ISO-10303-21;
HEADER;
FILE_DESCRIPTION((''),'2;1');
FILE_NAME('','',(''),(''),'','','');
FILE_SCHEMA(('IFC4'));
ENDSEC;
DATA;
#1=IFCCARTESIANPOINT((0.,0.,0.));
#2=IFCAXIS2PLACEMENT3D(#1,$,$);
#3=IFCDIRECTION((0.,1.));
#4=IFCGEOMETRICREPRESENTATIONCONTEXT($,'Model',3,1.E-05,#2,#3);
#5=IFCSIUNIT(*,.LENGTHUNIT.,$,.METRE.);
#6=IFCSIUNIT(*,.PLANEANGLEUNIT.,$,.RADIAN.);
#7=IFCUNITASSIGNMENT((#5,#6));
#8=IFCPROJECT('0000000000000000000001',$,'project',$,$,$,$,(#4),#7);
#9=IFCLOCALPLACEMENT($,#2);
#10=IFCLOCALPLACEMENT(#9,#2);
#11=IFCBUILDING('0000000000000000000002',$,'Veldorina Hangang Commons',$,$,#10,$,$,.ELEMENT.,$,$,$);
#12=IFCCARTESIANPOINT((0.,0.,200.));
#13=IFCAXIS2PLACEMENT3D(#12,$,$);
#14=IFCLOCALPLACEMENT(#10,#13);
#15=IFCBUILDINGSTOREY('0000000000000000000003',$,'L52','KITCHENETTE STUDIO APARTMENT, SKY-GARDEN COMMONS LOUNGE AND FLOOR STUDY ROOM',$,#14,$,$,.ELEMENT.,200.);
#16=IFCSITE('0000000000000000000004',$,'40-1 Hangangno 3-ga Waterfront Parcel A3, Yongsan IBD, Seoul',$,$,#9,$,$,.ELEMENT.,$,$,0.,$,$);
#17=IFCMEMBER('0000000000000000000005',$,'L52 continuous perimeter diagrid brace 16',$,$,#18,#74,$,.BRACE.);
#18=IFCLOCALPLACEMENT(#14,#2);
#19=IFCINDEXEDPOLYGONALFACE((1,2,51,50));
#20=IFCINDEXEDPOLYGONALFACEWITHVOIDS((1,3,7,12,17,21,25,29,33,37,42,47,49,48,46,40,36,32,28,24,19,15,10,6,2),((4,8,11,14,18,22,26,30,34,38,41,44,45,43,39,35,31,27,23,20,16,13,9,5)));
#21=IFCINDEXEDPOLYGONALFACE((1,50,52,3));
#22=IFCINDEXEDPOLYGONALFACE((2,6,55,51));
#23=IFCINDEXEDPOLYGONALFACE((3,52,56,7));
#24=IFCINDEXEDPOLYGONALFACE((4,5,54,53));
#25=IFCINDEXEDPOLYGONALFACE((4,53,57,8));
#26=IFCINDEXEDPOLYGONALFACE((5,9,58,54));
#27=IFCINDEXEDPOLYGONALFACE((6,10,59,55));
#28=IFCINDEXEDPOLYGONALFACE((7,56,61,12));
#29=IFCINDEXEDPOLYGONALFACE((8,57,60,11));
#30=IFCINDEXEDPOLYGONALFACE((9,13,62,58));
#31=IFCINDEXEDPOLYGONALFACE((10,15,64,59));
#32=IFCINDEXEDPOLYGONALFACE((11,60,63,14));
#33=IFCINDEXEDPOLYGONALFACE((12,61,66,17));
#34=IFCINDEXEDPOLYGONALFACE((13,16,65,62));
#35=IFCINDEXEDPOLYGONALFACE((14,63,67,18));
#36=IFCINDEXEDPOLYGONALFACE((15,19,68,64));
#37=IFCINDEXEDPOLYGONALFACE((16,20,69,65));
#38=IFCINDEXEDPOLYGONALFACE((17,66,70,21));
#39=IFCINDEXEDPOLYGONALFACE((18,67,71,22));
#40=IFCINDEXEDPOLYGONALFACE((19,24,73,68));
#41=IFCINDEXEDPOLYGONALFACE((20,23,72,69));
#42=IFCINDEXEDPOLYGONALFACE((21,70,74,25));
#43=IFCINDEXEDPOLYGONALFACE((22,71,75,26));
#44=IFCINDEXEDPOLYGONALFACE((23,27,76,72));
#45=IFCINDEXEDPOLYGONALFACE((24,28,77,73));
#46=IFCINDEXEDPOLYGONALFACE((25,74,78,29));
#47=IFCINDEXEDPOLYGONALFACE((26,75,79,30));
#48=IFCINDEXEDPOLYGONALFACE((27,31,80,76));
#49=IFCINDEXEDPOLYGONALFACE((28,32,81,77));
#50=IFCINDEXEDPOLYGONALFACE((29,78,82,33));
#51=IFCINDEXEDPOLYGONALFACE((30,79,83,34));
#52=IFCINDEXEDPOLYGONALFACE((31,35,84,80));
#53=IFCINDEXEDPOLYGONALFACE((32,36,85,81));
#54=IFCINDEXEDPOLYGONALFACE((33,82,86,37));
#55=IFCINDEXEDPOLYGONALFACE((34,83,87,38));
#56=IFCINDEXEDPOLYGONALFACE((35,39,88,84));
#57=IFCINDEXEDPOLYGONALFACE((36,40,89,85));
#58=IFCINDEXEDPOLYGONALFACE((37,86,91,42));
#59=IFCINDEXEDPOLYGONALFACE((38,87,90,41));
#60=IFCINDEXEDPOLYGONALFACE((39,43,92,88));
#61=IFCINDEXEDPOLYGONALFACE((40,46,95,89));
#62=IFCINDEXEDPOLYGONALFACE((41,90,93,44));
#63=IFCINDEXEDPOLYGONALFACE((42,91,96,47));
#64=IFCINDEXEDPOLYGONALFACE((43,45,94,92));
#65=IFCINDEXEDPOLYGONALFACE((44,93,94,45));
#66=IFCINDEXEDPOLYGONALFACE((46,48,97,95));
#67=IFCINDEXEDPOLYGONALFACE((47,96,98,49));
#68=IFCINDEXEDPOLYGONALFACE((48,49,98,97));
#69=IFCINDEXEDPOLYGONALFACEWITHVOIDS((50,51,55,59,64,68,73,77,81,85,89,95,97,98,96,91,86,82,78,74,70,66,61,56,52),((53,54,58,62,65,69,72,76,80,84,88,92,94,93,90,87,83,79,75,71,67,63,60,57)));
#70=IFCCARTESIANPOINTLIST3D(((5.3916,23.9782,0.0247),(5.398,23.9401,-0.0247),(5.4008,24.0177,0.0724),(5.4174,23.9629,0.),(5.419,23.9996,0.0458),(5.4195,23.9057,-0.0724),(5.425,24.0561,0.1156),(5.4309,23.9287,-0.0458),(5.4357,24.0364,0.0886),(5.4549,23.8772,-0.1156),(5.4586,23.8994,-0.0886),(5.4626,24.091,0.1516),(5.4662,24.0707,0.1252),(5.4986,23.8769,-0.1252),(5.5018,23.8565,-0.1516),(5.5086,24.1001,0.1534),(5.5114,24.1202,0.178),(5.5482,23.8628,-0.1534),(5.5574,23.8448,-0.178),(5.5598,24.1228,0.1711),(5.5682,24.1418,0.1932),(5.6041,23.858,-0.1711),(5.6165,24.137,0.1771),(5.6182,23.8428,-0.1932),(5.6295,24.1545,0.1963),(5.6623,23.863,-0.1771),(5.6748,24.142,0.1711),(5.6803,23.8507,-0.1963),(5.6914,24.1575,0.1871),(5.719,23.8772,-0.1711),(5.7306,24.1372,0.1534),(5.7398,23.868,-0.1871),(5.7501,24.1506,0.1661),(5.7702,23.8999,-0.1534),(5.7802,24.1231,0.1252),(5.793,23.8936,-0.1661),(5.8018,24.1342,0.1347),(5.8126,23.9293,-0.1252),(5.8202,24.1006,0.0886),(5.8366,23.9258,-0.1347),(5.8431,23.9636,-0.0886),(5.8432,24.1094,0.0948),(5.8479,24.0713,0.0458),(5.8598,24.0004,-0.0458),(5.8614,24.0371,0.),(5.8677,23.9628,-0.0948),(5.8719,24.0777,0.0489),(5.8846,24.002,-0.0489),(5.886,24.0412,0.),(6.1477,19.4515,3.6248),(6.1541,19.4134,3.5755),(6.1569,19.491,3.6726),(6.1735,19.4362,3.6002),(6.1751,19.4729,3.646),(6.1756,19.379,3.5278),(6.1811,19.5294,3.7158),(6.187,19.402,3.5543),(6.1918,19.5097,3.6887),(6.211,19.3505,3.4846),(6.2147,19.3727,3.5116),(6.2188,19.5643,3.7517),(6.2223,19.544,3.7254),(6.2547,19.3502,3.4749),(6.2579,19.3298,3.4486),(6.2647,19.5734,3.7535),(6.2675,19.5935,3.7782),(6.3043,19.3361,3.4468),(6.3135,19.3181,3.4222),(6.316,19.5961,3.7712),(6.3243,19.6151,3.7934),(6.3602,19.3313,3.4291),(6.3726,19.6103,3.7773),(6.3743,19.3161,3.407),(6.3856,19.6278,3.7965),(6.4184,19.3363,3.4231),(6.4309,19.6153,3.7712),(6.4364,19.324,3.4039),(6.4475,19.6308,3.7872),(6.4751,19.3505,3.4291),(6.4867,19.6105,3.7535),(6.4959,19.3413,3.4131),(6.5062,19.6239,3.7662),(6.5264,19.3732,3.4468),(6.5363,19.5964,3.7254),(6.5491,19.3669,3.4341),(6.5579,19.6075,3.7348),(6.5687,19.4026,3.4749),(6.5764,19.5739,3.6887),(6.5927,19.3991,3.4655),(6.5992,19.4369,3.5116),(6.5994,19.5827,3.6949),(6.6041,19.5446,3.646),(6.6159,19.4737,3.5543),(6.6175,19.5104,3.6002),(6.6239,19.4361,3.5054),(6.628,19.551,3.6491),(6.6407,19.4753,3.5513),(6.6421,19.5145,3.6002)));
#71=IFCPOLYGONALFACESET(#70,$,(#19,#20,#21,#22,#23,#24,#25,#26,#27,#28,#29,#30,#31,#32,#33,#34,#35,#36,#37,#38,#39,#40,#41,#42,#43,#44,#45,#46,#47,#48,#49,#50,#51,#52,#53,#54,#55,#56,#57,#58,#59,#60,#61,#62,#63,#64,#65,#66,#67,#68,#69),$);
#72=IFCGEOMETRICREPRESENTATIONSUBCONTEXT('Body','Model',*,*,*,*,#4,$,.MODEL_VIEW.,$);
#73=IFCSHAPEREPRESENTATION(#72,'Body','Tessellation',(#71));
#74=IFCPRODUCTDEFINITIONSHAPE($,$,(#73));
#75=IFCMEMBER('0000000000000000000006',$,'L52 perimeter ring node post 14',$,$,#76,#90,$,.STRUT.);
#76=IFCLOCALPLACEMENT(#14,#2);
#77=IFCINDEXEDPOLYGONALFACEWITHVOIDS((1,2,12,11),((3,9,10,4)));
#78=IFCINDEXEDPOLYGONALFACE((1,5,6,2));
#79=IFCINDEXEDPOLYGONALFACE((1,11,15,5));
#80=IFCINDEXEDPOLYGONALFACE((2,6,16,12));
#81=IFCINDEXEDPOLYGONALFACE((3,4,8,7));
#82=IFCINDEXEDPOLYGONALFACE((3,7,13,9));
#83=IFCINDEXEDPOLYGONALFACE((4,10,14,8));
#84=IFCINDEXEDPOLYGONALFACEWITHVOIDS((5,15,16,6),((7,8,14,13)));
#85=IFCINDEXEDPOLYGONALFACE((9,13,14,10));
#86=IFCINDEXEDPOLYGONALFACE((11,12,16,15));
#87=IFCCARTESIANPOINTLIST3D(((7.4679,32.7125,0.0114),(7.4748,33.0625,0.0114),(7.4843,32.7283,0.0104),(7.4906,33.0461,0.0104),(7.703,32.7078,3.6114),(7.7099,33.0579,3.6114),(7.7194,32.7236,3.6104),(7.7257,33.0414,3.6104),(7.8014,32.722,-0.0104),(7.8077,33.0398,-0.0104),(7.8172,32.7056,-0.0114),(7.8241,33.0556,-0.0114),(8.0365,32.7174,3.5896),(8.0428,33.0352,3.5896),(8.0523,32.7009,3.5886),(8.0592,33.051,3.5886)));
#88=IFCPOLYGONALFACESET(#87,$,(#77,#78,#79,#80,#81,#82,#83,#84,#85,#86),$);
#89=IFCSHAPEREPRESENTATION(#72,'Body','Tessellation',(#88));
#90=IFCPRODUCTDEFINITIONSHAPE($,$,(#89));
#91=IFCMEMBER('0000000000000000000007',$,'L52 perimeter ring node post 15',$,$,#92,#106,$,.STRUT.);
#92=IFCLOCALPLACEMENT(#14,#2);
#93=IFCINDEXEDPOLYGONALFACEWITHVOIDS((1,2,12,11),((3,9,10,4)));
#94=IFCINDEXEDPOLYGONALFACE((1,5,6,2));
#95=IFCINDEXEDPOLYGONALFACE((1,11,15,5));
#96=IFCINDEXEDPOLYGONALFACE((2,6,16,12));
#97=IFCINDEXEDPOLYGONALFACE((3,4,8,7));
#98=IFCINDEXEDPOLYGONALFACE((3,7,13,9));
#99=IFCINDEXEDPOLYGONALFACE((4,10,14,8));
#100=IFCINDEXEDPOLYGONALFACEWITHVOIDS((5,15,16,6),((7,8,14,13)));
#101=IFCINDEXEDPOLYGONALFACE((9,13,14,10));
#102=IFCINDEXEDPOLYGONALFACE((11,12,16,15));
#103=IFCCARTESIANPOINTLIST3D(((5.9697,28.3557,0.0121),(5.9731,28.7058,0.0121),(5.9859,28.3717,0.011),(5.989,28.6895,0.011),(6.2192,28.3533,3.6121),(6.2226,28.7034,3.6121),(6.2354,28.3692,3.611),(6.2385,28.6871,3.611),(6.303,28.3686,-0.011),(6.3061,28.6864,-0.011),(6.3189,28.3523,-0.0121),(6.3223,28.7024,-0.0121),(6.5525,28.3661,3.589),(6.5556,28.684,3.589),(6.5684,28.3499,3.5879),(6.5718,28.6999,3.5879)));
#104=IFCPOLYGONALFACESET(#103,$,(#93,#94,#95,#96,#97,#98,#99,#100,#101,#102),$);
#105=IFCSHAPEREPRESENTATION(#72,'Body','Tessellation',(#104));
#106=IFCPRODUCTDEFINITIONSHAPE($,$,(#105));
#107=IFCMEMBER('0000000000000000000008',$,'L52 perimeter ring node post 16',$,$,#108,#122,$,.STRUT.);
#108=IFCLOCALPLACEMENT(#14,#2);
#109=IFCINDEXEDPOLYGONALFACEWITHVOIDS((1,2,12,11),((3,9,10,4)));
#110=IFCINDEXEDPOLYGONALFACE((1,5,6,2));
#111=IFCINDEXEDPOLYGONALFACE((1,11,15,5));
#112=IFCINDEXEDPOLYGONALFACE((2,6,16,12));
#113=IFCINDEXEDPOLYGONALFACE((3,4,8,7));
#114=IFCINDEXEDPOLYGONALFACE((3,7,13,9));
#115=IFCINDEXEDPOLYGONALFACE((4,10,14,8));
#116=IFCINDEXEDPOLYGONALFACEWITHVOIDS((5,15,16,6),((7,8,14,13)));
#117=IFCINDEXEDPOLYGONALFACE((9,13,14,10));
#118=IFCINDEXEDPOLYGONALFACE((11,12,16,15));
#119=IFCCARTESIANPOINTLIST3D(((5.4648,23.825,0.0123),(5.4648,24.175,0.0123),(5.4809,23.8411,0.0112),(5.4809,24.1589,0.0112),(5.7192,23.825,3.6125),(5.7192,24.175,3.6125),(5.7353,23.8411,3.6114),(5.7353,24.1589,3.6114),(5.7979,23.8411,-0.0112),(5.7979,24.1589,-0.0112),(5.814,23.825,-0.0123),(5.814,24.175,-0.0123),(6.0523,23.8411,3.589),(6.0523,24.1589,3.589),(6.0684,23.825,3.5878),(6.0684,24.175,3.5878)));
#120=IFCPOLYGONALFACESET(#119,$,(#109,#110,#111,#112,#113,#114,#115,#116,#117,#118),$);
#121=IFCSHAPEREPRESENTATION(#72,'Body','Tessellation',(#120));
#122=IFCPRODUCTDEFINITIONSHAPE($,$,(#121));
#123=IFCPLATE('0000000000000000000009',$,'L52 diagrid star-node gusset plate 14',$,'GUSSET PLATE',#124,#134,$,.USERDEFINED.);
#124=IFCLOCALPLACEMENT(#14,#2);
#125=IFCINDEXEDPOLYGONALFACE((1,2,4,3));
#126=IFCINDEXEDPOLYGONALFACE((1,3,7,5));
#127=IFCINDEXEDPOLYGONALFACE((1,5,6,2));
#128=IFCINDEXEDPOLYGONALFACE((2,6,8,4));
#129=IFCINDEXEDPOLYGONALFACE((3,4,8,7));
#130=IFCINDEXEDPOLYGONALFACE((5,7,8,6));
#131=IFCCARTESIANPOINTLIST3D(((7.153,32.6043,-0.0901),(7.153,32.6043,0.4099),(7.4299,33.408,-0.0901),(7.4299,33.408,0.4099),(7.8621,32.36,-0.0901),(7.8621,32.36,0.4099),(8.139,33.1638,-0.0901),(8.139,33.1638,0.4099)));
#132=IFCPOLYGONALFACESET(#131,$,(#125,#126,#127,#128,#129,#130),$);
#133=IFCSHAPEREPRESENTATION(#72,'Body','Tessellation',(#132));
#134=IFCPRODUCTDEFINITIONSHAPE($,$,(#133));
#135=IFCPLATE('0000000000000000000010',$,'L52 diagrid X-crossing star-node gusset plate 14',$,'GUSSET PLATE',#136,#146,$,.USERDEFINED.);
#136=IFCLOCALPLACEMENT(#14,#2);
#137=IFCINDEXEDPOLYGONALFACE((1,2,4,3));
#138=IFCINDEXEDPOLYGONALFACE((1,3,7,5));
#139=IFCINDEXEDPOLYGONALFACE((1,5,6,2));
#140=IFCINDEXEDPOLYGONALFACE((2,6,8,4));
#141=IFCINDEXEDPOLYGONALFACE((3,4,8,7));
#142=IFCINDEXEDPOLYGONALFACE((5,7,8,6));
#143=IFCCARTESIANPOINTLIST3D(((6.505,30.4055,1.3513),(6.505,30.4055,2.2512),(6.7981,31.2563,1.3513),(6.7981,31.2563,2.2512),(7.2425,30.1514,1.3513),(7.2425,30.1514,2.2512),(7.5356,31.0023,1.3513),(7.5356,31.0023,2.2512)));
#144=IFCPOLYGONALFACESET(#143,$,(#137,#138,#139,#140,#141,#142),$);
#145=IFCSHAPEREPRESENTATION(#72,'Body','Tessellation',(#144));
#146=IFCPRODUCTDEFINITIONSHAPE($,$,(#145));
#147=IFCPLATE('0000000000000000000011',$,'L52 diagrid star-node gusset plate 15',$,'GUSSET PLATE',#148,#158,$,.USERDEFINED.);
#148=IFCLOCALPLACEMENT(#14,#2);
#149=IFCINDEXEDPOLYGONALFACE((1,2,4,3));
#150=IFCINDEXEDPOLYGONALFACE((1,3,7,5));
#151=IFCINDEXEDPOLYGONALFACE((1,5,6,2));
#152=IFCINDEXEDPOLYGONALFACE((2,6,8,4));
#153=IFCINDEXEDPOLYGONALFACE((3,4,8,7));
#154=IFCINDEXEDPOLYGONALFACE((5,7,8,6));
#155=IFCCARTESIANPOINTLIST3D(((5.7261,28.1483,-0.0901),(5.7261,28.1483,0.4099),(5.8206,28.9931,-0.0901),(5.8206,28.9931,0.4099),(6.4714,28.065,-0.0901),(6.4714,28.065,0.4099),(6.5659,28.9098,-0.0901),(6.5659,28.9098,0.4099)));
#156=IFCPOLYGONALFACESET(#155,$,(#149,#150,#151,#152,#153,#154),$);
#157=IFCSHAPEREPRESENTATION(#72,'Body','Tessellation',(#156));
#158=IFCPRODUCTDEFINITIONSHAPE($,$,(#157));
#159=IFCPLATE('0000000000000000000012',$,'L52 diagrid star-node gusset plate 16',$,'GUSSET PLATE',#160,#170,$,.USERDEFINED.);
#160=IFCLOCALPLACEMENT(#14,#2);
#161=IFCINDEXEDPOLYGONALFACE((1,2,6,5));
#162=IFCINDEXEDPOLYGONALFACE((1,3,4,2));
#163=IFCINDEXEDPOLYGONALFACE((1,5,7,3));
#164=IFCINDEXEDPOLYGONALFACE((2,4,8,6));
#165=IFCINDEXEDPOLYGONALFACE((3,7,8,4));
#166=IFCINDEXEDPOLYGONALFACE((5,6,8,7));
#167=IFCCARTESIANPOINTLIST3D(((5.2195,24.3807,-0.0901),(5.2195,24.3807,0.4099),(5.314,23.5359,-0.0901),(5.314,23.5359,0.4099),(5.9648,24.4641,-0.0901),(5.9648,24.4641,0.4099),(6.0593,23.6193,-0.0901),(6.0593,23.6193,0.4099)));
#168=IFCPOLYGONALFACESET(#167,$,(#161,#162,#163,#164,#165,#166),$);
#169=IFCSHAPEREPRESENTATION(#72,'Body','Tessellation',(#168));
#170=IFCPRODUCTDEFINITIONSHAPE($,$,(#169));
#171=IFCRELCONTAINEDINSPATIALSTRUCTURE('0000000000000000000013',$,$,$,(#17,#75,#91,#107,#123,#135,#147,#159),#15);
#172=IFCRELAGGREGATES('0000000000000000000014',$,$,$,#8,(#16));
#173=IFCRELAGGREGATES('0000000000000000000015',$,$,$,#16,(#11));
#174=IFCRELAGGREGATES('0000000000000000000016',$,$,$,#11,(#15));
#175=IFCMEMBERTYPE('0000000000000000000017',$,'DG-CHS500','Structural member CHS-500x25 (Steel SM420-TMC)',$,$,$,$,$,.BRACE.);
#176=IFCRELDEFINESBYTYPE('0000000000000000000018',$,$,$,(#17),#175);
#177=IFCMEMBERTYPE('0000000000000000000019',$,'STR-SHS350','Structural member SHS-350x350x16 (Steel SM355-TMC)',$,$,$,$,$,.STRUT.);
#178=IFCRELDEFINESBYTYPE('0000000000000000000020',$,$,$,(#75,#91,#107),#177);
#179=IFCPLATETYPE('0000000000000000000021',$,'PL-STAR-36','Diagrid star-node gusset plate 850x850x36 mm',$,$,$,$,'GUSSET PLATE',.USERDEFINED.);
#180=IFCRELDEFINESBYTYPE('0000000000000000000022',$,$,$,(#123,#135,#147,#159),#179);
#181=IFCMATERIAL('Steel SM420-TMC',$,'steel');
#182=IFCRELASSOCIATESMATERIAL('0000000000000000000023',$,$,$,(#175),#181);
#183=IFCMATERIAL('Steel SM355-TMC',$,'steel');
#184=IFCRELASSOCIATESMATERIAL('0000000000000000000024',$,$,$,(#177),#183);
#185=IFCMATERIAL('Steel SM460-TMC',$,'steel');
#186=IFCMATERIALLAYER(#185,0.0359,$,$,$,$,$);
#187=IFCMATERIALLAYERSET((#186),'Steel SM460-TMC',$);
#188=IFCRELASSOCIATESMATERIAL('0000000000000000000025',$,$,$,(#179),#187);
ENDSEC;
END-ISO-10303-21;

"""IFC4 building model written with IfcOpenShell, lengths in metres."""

from ifc_helpers import new_model, si_unit, direction, frame, origin, origin_2d, place, context, subcontext, project, spatial, rectangle, hollow_rectangle, hollow_circle, extrude, material, layer, layer_set, material_profile, profile_set, type_object, element, save


model = new_model("IFC4")

# Units and contexts
model_context = context("Model", 3, precision=1e-05, world=origin(), true_north=direction((0.0, 1.0)))
body_context = subcontext(model_context, "Body", "Model", "MODEL_VIEW")
ifc_project = project(units=[si_unit("LENGTHUNIT", "METRE"), si_unit("PLANEANGLEUNIT", "RADIAN")], contexts=[model_context])

# Site, building, storey
site_placement = place(None, origin())
site = spatial("IfcSite", under=ifc_project, at=site_placement, Name="40-1 Hangangno 3-ga Waterfront Parcel A3, Yongsan IBD, Seoul", CompositionType="ELEMENT", RefElevation=0.0)
building_placement = place(site_placement, origin())
building = spatial("IfcBuilding", under=site, at=building_placement, Name="Veldorina Hangang Commons", CompositionType="ELEMENT")
storey_placement = place(building_placement, frame((0.0, 0.0, 200.0)))
storey = spatial("IfcBuildingStorey", under=building, at=storey_placement, Name="L52", Description="KITCHENETTE STUDIO APARTMENT, SKY-GARDEN COMMONS LOUNGE AND FLOOR STUDY ROOM", CompositionType="ELEMENT", Elevation=200.0)

# Shared definitions
ifc_material_1 = material(Name="Steel SM355-TMC", Category="steel")
ifc_material_2 = material(Name="Steel SM420-TMC", Category="steel")

# Members
ifc_material_profile_1 = material_profile(ifc_material_2, hollow_circle(Radius=0.25, WallThickness=0.0249, at=origin_2d()), Name="CHS-500x25")
ifc_profile_set_1 = profile_set([ifc_material_profile_1], Name="Steel SM420-TMC")
member_type_1 = type_object("IfcMemberType", Name="DG-CHS500", Description="Structural member CHS-500x25 (Steel SM420-TMC)", PredefinedType="BRACE", material=ifc_profile_set_1)
member_1_placement = place(storey_placement, frame((5.6394, 24.0, 0.0), z_axis=(0.129628, -0.776049, 0.617207), x_axis=(0.986335, 0.164753, 0.0)))
element("IfcMember", 1, at=member_1_placement, inside=storey, type_object=member_type_1, Name="L52 continuous perimeter diagrid brace 16", PredefinedType="BRACE", context=body_context, shape_type="SweptSolid", body=[
    extrude(hollow_circle(Radius=0.25, WallThickness=0.0249, at=origin_2d()), origin(), (0.0, 0.0, 1.0), 5.833),
])
ifc_material_profile_2 = material_profile(ifc_material_1, hollow_rectangle(XDim=0.3501, YDim=0.3501, WallThickness=0.0161, at=origin_2d()), Name="SHS-350x350x16")
ifc_profile_set_2 = profile_set([ifc_material_profile_2], Name="Steel SM355-TMC")
member_type_2 = type_object("IfcMemberType", Name="STR-SHS350", Description="Structural member SHS-350x350x16 (Steel SM355-TMC)", PredefinedType="STRUT", material=ifc_profile_set_2)
member_2_placement = place(storey_placement, frame((7.646, 32.884, 0.0), z_axis=(0.065167, -0.001286, 0.997874), x_axis=(0.019726, 0.999805, 0.0)))
element("IfcMember", 2, at=member_2_placement, inside=storey, type_object=member_type_2, Name="L52 perimeter ring node post 14", PredefinedType="STRUT", context=body_context, shape_type="SweptSolid", body=[
    extrude(hollow_rectangle(XDim=0.3501, YDim=0.3501, WallThickness=0.0161, at=origin_2d()), origin(), (0.0, 0.0, 1.0), 3.6077),
])
member_3_placement = place(storey_placement, frame((6.146, 28.5291, 0.0), z_axis=(0.069141, -0.000677, 0.997607), x_axis=(0.009784, 0.999952, 0.0)))
element("IfcMember", 3, at=member_3_placement, inside=storey, type_object=member_type_2, Name="L52 perimeter ring node post 15", PredefinedType="STRUT", context=body_context, shape_type="SweptSolid", body=[
    extrude(hollow_rectangle(XDim=0.3501, YDim=0.3501, WallThickness=0.0161, at=origin_2d()), origin(), (0.0, 0.0, 1.0), 3.6086),
])
member_4_placement = place(storey_placement, frame((5.6394, 24.0, 0.0), z_axis=(0.070487, 0.0, 0.997513), x_axis=(0.0, 1.0, 0.0)))
element("IfcMember", 4, at=member_4_placement, inside=storey, type_object=member_type_2, Name="L52 perimeter ring node post 16", PredefinedType="STRUT", context=body_context, shape_type="SweptSolid", body=[
    extrude(hollow_rectangle(XDim=0.3501, YDim=0.3501, WallThickness=0.0161, at=origin_2d()), origin(), (0.0, 0.0, 1.0), 3.6091),
])

# Plates
ifc_material_3 = material(Name="Steel SM460-TMC", Category="steel")
ifc_layer_1 = layer(ifc_material_3, 0.0359)
ifc_layer_set_1 = layer_set([ifc_layer_1], Name="Steel SM460-TMC")
plate_type = type_object("IfcPlateType", Name="PL-STAR-36", Description="Diagrid star-node gusset plate 850x850x36 mm", ElementType="GUSSET PLATE", PredefinedType="USERDEFINED", material=ifc_layer_set_1)
plate_1_placement = place(storey_placement, frame((7.646, 32.884, -0.0901), z_axis=(0.0, 0.0, 1.0), x_axis=(-0.325684, -0.945479, 0.0)))
element("IfcPlate", 5, at=plate_1_placement, inside=storey, type_object=plate_type, Name="L52 diagrid star-node gusset plate 14", ObjectType="GUSSET PLATE", PredefinedType="USERDEFINED", context=body_context, shape_type="SweptSolid", body=[
    extrude(rectangle(XDim=0.8501, YDim=0.75, at=origin_2d()), origin(), (0.0, 0.0, 1.0), 0.5),
])
plate_2_placement = place(storey_placement, frame((7.0203, 30.7039, 1.3513), z_axis=(0.0, 0.0, 1.0), x_axis=(-0.325684, -0.945479, 0.0)))
element("IfcPlate", 6, at=plate_2_placement, inside=storey, type_object=plate_type, Name="L52 diagrid X-crossing star-node gusset plate 14", ObjectType="GUSSET PLATE", PredefinedType="USERDEFINED", context=body_context, shape_type="SweptSolid", body=[
    extrude(rectangle(XDim=0.8999, YDim=0.78, at=origin_2d()), origin(), (0.0, 0.0, 1.0), 0.8999),
])
for number, where, z_axis, x_axis, name in (
    (7, (6.146, 28.5291, -0.0901), (0.0, 0.0, 1.0), (-0.111139, -0.993805, 0.0), "L52 diagrid star-node gusset plate 15"),
    (8, (5.6394, 24.0, -0.0901), (0.0, 0.0, 1.0), (0.111139, -0.993805, 0.0), "L52 diagrid star-node gusset plate 16"),
):
    element("IfcPlate", number, at=place(storey_placement, frame(where, z_axis=z_axis, x_axis=x_axis)), inside=storey, type_object=plate_type, Name=name, ObjectType="GUSSET PLATE", PredefinedType="USERDEFINED", context=body_context, shape_type="SweptSolid", body=[
        extrude(rectangle(XDim=0.8501, YDim=0.75, at=origin_2d()), origin(), (0.0, 0.0, 1.0), 0.5),
    ])

save(model, "model.ifc")
